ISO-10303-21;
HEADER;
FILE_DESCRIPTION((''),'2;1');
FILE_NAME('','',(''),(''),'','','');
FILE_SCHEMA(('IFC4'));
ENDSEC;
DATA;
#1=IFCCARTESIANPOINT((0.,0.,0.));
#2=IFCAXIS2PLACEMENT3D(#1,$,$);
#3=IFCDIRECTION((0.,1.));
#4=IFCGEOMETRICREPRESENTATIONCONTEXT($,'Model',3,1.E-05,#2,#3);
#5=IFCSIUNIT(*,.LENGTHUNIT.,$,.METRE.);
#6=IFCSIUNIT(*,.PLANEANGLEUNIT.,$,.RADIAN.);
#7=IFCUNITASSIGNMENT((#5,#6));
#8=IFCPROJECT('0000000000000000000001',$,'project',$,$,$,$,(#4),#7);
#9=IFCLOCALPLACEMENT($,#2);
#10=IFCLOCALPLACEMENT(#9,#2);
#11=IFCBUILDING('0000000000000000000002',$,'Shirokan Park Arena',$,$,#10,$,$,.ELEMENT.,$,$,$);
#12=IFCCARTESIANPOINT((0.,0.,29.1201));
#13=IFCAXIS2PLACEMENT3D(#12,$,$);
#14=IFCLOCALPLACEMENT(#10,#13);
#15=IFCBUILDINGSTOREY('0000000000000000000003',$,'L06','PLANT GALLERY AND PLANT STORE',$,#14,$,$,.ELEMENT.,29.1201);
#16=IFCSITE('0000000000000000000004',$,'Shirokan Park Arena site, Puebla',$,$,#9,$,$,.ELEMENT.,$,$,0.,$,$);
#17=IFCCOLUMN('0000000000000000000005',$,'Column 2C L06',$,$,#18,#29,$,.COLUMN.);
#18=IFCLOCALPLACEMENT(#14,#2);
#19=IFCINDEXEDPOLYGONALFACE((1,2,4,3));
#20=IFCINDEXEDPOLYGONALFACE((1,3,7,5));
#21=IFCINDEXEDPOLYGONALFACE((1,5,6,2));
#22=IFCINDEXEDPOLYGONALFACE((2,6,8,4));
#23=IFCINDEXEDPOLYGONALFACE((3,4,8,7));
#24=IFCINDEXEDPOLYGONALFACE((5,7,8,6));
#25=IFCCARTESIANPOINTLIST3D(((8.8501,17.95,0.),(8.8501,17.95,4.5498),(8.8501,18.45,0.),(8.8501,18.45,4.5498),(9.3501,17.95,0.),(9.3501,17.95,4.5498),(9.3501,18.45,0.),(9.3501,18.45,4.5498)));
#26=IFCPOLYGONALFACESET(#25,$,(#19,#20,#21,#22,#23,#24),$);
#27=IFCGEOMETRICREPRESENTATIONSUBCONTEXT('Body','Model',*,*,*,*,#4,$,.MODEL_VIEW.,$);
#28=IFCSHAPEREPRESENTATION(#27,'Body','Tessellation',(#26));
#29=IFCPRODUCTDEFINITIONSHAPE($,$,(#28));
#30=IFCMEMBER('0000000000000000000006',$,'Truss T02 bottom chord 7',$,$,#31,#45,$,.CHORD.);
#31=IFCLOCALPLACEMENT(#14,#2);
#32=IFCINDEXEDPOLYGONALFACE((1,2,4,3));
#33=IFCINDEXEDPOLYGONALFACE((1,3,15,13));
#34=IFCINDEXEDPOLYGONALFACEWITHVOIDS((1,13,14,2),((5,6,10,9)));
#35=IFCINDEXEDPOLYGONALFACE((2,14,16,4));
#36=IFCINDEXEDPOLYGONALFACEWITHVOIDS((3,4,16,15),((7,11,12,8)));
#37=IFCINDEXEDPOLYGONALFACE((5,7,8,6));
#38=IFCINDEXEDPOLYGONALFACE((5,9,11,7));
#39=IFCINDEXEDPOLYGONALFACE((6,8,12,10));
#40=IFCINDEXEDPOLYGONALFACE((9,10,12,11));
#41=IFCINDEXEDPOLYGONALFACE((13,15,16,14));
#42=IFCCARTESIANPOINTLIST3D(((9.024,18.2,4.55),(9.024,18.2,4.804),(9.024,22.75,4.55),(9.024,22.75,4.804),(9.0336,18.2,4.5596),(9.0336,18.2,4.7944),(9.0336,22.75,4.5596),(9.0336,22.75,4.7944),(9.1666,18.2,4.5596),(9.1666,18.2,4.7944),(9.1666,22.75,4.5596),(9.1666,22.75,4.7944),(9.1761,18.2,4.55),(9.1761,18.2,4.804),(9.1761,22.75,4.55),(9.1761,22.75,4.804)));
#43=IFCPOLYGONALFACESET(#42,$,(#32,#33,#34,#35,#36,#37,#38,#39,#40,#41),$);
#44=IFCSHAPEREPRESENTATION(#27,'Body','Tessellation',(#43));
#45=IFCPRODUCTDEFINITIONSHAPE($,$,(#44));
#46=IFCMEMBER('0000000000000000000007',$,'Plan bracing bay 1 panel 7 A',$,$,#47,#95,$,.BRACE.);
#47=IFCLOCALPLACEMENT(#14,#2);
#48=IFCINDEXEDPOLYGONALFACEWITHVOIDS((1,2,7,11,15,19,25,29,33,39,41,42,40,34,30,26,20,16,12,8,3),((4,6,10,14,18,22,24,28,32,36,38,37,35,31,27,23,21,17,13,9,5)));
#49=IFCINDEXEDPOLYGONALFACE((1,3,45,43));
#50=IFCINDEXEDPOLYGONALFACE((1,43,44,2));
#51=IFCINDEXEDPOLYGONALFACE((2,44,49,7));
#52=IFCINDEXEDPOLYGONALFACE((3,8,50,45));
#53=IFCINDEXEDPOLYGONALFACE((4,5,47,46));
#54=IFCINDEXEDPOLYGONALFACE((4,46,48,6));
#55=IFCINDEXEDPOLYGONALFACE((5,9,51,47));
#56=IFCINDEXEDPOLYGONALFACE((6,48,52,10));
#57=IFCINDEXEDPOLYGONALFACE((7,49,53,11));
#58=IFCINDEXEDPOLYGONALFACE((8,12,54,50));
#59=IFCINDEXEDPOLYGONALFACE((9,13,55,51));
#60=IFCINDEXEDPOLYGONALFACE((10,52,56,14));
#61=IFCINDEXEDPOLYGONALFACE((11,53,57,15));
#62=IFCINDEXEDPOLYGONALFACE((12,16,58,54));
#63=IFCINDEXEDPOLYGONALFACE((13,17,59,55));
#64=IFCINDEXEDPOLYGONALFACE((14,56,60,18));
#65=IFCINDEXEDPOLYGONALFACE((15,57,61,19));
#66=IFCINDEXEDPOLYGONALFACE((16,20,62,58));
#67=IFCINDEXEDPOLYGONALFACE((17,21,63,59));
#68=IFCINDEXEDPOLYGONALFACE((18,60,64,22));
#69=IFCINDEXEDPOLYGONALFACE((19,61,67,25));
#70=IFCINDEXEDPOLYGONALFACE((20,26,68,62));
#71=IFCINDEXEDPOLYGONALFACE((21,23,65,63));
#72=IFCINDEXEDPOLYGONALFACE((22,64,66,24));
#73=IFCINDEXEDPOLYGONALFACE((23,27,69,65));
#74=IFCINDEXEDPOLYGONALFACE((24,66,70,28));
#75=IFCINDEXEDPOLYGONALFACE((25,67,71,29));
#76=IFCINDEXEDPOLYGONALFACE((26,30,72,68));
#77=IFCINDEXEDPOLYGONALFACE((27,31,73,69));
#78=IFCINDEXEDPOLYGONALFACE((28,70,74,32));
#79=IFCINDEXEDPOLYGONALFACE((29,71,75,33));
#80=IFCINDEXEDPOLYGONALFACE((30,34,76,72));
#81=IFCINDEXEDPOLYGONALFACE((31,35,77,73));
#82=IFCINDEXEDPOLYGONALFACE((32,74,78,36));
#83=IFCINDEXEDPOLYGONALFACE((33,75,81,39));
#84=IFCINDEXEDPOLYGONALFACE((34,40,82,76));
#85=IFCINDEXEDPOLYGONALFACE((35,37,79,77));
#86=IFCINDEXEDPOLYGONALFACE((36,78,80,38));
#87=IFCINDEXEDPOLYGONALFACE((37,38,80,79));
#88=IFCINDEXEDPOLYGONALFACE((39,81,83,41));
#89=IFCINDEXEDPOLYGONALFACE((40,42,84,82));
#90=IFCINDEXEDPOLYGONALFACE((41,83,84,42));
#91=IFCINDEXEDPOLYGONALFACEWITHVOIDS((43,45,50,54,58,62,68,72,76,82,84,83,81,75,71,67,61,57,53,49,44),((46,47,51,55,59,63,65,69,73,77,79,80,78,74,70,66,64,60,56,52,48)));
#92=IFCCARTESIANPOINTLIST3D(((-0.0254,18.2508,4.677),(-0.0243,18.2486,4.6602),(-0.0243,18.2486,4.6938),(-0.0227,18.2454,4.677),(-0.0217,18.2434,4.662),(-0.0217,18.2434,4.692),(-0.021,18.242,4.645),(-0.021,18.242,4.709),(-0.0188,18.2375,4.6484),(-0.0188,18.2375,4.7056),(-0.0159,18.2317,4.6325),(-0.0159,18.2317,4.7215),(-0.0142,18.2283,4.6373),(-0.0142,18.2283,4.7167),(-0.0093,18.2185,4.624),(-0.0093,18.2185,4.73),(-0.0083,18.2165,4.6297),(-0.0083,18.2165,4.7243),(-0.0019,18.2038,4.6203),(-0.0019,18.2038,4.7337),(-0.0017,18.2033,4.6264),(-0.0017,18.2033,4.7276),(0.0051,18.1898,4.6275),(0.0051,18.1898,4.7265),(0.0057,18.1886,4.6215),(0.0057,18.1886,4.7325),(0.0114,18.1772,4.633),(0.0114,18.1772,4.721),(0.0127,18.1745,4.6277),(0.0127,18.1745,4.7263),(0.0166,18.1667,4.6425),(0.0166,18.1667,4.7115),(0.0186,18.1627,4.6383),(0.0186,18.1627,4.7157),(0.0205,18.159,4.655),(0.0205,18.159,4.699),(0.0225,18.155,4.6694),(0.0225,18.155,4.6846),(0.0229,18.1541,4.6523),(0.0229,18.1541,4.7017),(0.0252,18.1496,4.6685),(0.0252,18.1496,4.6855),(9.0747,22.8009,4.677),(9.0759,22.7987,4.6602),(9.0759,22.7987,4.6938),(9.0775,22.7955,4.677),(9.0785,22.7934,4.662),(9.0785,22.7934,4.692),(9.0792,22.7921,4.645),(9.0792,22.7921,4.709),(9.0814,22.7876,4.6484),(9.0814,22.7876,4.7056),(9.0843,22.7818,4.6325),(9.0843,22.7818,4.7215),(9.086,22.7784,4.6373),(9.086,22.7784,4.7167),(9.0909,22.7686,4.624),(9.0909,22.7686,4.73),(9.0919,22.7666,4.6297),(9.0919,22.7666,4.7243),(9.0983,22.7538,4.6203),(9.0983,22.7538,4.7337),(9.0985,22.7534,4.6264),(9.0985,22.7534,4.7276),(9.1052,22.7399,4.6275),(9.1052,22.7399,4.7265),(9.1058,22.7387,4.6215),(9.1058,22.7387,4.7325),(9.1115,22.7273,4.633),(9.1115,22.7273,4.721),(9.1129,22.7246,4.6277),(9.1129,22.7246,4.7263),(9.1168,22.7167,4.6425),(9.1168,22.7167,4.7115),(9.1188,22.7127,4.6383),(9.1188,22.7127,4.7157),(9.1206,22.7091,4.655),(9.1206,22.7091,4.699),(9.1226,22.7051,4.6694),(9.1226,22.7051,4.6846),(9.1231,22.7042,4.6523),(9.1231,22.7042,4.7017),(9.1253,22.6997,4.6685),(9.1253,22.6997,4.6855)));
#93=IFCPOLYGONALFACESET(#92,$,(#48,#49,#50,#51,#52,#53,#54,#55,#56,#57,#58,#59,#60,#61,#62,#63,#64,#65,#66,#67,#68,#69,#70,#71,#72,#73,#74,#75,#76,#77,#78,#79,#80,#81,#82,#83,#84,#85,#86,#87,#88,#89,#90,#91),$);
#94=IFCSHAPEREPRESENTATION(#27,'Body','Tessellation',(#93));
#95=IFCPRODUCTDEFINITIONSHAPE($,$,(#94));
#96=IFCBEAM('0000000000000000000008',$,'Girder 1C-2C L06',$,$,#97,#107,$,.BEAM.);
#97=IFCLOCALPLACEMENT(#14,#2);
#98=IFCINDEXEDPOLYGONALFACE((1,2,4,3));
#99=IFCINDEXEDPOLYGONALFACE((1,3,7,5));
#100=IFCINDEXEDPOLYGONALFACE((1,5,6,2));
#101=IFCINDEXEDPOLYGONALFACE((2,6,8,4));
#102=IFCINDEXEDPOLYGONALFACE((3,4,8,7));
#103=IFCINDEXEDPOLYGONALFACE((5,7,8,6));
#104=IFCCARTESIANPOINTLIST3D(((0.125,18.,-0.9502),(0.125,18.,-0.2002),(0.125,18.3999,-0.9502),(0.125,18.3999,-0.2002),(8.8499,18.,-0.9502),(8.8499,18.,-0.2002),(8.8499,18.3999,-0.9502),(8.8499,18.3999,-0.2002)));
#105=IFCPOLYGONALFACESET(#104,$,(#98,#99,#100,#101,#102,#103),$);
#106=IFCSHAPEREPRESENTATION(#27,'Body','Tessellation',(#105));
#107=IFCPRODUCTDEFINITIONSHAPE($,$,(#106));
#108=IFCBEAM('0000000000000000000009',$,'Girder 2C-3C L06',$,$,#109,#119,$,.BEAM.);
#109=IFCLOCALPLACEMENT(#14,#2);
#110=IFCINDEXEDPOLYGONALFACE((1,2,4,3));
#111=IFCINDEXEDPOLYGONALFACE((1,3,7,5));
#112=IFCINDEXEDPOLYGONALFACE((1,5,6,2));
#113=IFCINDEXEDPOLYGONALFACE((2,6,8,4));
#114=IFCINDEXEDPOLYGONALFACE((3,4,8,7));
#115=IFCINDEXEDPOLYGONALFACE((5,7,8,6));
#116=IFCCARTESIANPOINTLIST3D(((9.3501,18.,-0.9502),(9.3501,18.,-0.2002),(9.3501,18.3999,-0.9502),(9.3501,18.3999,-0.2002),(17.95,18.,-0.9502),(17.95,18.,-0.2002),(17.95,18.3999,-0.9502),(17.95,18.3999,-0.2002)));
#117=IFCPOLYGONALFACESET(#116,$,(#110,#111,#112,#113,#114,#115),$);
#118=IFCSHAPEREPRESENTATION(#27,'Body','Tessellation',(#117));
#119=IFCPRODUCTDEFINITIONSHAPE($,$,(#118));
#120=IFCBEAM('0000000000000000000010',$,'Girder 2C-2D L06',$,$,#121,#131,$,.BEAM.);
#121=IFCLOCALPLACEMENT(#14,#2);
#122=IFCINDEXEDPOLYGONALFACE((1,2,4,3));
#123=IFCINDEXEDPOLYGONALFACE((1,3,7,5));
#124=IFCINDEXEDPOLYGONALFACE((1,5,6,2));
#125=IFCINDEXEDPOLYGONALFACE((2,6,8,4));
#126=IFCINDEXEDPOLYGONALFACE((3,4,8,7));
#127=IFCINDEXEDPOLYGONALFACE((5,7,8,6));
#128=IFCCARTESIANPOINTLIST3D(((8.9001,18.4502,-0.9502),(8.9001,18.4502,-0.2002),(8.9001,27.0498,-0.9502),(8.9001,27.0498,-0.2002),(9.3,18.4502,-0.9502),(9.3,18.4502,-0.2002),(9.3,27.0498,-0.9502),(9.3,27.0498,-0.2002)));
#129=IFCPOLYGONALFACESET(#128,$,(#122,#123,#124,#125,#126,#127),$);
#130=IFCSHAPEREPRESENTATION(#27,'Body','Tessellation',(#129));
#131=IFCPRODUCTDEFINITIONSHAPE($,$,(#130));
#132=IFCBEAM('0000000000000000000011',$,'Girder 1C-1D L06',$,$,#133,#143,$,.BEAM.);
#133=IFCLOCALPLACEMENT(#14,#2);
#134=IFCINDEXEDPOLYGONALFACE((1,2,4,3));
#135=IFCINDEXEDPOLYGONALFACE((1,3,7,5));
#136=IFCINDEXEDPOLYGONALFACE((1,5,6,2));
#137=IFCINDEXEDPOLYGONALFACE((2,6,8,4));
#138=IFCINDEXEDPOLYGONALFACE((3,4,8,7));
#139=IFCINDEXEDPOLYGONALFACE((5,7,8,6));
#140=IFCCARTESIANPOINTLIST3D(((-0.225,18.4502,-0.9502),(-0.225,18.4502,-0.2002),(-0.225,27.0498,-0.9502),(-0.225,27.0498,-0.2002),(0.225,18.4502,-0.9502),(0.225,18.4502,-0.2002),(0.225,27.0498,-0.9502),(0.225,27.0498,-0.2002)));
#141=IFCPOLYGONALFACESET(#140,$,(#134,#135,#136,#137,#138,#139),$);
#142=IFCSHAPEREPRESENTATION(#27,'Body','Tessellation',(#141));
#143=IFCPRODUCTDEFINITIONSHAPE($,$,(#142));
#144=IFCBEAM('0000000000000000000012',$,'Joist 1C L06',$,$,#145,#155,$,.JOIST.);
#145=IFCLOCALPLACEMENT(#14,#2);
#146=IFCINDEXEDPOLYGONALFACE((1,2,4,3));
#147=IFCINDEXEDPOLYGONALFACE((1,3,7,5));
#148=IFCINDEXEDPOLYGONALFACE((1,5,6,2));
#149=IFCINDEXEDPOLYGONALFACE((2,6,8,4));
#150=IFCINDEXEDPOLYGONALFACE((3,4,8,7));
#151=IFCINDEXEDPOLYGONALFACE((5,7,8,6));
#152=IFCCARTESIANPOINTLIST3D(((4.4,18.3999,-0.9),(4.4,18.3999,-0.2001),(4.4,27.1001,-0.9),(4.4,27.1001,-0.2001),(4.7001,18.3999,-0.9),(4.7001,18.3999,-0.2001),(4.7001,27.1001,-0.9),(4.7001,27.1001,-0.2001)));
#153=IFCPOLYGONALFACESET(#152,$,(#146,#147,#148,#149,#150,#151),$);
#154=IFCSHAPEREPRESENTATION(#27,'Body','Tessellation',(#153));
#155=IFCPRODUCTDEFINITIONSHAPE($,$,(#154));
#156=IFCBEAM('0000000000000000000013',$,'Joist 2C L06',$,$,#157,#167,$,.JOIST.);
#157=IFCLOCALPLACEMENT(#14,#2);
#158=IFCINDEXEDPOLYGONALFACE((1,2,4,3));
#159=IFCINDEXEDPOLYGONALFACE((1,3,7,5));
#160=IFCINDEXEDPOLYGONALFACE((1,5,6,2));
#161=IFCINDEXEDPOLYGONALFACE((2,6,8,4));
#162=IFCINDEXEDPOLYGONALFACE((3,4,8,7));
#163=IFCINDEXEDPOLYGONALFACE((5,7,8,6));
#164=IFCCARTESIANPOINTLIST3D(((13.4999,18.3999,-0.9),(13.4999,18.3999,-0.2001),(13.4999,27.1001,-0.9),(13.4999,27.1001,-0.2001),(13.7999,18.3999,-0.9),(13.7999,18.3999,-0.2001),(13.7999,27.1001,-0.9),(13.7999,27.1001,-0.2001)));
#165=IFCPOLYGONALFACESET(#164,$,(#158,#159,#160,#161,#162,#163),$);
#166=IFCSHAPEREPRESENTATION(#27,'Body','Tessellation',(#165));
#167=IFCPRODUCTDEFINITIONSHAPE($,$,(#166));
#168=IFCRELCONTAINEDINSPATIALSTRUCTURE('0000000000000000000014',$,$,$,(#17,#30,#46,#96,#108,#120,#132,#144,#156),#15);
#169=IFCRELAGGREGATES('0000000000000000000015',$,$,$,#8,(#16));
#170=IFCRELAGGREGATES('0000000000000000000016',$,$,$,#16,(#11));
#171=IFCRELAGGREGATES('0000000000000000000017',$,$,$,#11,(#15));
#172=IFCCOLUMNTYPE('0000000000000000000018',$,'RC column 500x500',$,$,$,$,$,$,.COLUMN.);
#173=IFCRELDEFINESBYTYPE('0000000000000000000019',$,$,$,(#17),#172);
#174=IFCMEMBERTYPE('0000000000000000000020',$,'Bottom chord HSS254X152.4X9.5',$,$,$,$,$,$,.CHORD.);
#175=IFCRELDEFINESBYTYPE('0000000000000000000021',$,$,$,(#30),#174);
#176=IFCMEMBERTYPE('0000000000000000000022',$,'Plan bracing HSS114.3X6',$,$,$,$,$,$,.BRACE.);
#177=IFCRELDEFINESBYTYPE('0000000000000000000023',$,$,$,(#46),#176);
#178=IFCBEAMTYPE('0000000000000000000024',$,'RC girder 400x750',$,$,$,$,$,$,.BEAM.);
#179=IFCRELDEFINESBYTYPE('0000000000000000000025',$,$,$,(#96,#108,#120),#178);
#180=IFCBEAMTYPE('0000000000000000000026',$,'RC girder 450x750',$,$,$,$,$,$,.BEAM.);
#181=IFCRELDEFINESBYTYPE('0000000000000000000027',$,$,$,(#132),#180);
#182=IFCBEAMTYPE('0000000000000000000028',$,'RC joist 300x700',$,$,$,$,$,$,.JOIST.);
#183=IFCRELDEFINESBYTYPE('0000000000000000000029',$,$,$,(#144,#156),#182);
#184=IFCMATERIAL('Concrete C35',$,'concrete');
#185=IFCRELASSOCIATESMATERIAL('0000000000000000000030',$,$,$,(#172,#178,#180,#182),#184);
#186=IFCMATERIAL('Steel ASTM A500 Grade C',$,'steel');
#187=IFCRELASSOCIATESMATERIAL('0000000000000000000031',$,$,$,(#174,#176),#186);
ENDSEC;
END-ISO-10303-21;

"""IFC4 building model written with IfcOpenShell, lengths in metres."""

from ifc_helpers import new_model, si_unit, direction, frame, origin, origin_2d, place, context, subcontext, project, spatial, rectangle, hollow_rectangle, hollow_circle, extrude, material, material_profile, profile_set, type_object, element, save


model = new_model("IFC4")

# Units and contexts
model_context = context("Model", 3, precision=1e-05, world=origin(), true_north=direction((0.0, 1.0)))
body_context = subcontext(model_context, "Body", "Model", "MODEL_VIEW")
ifc_project = project(units=[si_unit("LENGTHUNIT", "METRE"), si_unit("PLANEANGLEUNIT", "RADIAN")], contexts=[model_context])

# Site, building, storey
site_placement = place(None, origin())
site = spatial("IfcSite", under=ifc_project, at=site_placement, Name="Shirokan Park Arena site, Puebla", CompositionType="ELEMENT", RefElevation=0.0)
building_placement = place(site_placement, origin())
building = spatial("IfcBuilding", under=site, at=building_placement, Name="Shirokan Park Arena", CompositionType="ELEMENT")
storey_placement = place(building_placement, frame((0.0, 0.0, 29.1201)))
storey = spatial("IfcBuildingStorey", under=building, at=storey_placement, Name="L06", Description="PLANT GALLERY AND PLANT STORE", CompositionType="ELEMENT", Elevation=29.1201)

# Column
ifc_material_1 = material(Name="Concrete C35", Category="concrete")
ifc_material_profile_1 = material_profile(ifc_material_1, rectangle(XDim=0.5, YDim=0.5, at=origin_2d()), Name="500x500")
ifc_profile_set_1 = profile_set([ifc_material_profile_1], Name="Concrete C35")
column_type = type_object("IfcColumnType", Name="RC column 500x500", PredefinedType="COLUMN", material=ifc_profile_set_1)
column_placement = place(storey_placement, frame((9.1001, 18.2, 0.0), z_axis=(0.0, 0.0, 1.0), x_axis=(1.0, 0.0, 0.0)))
element("IfcColumn", 1, at=column_placement, inside=storey, type_object=column_type, Name="Column 2C L06", PredefinedType="COLUMN", context=body_context, shape_type="SweptSolid", body=[
    extrude(rectangle(XDim=0.5, YDim=0.5, at=origin_2d()), origin(), (0.0, 0.0, 1.0), 4.5498),
])

# Members
ifc_material_2 = material(Name="Steel ASTM A500 Grade C", Category="steel")
ifc_material_profile_2 = material_profile(ifc_material_2, hollow_rectangle(XDim=0.1521, YDim=0.2539, WallThickness=0.0095, at=origin_2d()), Name="HSS254X152.4X9.5")
ifc_profile_set_2 = profile_set([ifc_material_profile_2], Name="Steel ASTM A500 Grade C")
member_type_1 = type_object("IfcMemberType", Name="Bottom chord HSS254X152.4X9.5", PredefinedType="CHORD", material=ifc_profile_set_2)
member_1_placement = place(storey_placement, frame((9.1001, 18.2, 4.677), z_axis=(0.0, 1.0, 0.0), x_axis=(-1.0, 0.0, 0.0)))
element("IfcMember", 2, at=member_1_placement, inside=storey, type_object=member_type_1, Name="Truss T02 bottom chord 7", PredefinedType="CHORD", context=body_context, shape_type="SweptSolid", body=[
    extrude(hollow_rectangle(XDim=0.1521, YDim=0.2539, WallThickness=0.0095, at=origin_2d()), origin(), (0.0, 0.0, 1.0), 4.55),
])
ifc_material_profile_3 = material_profile(ifc_material_2, hollow_circle(Radius=0.0569, WallThickness=0.0061, at=origin_2d()), Name="HSS114.3X6")
ifc_profile_set_3 = profile_set([ifc_material_profile_3], Name="Steel ASTM A500 Grade C")
member_type_2 = type_object("IfcMemberType", Name="Plan bracing HSS114.3X6", PredefinedType="BRACE", material=ifc_profile_set_3)
member_2_placement = place(storey_placement, frame((0.0, 18.2, 4.677), z_axis=(0.894427, 0.447214, 0.0), x_axis=(-0.447214, 0.894427, 0.0)))
element("IfcMember", 3, at=member_2_placement, inside=storey, type_object=member_type_2, Name="Plan bracing bay 1 panel 7 A", PredefinedType="BRACE", context=body_context, shape_type="SweptSolid", body=[
    extrude(hollow_circle(Radius=0.0569, WallThickness=0.0061, at=origin_2d()), origin(), (0.0, 0.0, 1.0), 10.1743),
])

# Beams
ifc_material_profile_4 = material_profile(ifc_material_1, rectangle(XDim=0.3999, YDim=0.75, at=origin_2d()), Name="400x750")
ifc_profile_set_4 = profile_set([ifc_material_profile_4], Name="Concrete C35")
beam_type_1 = type_object("IfcBeamType", Name="RC girder 400x750", PredefinedType="BEAM", material=ifc_profile_set_4)
beam_1_placement = place(storey_placement, frame((0.125, 18.2, -0.5752), z_axis=(1.0, 0.0, 0.0), x_axis=(0.0, 1.0, 0.0)))
element("IfcBeam", 4, at=beam_1_placement, inside=storey, type_object=beam_type_1, Name="Girder 1C-2C L06", PredefinedType="BEAM", context=body_context, shape_type="SweptSolid", body=[
    extrude(rectangle(XDim=0.3999, YDim=0.75, at=origin_2d()), origin(), (0.0, 0.0, 1.0), 8.7249),
])
beam_2_placement = place(storey_placement, frame((9.3501, 18.2, -0.5752), z_axis=(1.0, 0.0, 0.0), x_axis=(0.0, 1.0, 0.0)))
element("IfcBeam", 5, at=beam_2_placement, inside=storey, type_object=beam_type_1, Name="Girder 2C-3C L06", PredefinedType="BEAM", context=body_context, shape_type="SweptSolid", body=[
    extrude(rectangle(XDim=0.3999, YDim=0.75, at=origin_2d()), origin(), (0.0, 0.0, 1.0), 8.5999),
])
beam_3_placement = place(storey_placement, frame((9.1001, 18.4502, -0.5752), z_axis=(0.0, 1.0, 0.0), x_axis=(-1.0, 0.0, 0.0)))
element("IfcBeam", 6, at=beam_3_placement, inside=storey, type_object=beam_type_1, Name="Girder 2C-2D L06", PredefinedType="BEAM", context=body_context, shape_type="SweptSolid", body=[
    extrude(rectangle(XDim=0.3999, YDim=0.75, at=origin_2d()), origin(), (0.0, 0.0, 1.0), 8.5996),
])
ifc_material_profile_5 = material_profile(ifc_material_1, rectangle(XDim=0.45, YDim=0.75, at=origin_2d()), Name="450x750")
ifc_profile_set_5 = profile_set([ifc_material_profile_5], Name="Concrete C35")
beam_type_2 = type_object("IfcBeamType", Name="RC girder 450x750", PredefinedType="BEAM", material=ifc_profile_set_5)
beam_4_placement = place(storey_placement, frame((0.0, 18.4502, -0.5752), z_axis=(0.0, 1.0, 0.0), x_axis=(-1.0, 0.0, 0.0)))
element("IfcBeam", 7, at=beam_4_placement, inside=storey, type_object=beam_type_2, Name="Girder 1C-1D L06", PredefinedType="BEAM", context=body_context, shape_type="SweptSolid", body=[
    extrude(rectangle(XDim=0.45, YDim=0.75, at=origin_2d()), origin(), (0.0, 0.0, 1.0), 8.5996),
])
ifc_material_profile_6 = material_profile(ifc_material_1, rectangle(XDim=0.3, YDim=0.7, at=origin_2d()), Name="300x700")
ifc_profile_set_6 = profile_set([ifc_material_profile_6], Name="Concrete C35")
beam_type_3 = type_object("IfcBeamType", Name="RC joist 300x700", PredefinedType="JOIST", material=ifc_profile_set_6)
for number, where, z_axis, x_axis, name in (
    (8, (4.55, 18.3999, -0.55), (0.0, 1.0, 0.0), (-1.0, 0.0, 0.0), "Joist 1C L06"),
    (9, (13.6499, 18.3999, -0.55), (0.0, 1.0, 0.0), (-1.0, 0.0, 0.0), "Joist 2C L06"),
):
    element("IfcBeam", number, at=place(storey_placement, frame(where, z_axis=z_axis, x_axis=x_axis)), inside=storey, type_object=beam_type_3, Name=name, PredefinedType="JOIST", context=body_context, shape_type="SweptSolid", body=[
        extrude(rectangle(XDim=0.3, YDim=0.7, at=origin_2d()), origin(), (0.0, 0.0, 1.0), 8.7002),
    ])

save(model, "model.ifc")
